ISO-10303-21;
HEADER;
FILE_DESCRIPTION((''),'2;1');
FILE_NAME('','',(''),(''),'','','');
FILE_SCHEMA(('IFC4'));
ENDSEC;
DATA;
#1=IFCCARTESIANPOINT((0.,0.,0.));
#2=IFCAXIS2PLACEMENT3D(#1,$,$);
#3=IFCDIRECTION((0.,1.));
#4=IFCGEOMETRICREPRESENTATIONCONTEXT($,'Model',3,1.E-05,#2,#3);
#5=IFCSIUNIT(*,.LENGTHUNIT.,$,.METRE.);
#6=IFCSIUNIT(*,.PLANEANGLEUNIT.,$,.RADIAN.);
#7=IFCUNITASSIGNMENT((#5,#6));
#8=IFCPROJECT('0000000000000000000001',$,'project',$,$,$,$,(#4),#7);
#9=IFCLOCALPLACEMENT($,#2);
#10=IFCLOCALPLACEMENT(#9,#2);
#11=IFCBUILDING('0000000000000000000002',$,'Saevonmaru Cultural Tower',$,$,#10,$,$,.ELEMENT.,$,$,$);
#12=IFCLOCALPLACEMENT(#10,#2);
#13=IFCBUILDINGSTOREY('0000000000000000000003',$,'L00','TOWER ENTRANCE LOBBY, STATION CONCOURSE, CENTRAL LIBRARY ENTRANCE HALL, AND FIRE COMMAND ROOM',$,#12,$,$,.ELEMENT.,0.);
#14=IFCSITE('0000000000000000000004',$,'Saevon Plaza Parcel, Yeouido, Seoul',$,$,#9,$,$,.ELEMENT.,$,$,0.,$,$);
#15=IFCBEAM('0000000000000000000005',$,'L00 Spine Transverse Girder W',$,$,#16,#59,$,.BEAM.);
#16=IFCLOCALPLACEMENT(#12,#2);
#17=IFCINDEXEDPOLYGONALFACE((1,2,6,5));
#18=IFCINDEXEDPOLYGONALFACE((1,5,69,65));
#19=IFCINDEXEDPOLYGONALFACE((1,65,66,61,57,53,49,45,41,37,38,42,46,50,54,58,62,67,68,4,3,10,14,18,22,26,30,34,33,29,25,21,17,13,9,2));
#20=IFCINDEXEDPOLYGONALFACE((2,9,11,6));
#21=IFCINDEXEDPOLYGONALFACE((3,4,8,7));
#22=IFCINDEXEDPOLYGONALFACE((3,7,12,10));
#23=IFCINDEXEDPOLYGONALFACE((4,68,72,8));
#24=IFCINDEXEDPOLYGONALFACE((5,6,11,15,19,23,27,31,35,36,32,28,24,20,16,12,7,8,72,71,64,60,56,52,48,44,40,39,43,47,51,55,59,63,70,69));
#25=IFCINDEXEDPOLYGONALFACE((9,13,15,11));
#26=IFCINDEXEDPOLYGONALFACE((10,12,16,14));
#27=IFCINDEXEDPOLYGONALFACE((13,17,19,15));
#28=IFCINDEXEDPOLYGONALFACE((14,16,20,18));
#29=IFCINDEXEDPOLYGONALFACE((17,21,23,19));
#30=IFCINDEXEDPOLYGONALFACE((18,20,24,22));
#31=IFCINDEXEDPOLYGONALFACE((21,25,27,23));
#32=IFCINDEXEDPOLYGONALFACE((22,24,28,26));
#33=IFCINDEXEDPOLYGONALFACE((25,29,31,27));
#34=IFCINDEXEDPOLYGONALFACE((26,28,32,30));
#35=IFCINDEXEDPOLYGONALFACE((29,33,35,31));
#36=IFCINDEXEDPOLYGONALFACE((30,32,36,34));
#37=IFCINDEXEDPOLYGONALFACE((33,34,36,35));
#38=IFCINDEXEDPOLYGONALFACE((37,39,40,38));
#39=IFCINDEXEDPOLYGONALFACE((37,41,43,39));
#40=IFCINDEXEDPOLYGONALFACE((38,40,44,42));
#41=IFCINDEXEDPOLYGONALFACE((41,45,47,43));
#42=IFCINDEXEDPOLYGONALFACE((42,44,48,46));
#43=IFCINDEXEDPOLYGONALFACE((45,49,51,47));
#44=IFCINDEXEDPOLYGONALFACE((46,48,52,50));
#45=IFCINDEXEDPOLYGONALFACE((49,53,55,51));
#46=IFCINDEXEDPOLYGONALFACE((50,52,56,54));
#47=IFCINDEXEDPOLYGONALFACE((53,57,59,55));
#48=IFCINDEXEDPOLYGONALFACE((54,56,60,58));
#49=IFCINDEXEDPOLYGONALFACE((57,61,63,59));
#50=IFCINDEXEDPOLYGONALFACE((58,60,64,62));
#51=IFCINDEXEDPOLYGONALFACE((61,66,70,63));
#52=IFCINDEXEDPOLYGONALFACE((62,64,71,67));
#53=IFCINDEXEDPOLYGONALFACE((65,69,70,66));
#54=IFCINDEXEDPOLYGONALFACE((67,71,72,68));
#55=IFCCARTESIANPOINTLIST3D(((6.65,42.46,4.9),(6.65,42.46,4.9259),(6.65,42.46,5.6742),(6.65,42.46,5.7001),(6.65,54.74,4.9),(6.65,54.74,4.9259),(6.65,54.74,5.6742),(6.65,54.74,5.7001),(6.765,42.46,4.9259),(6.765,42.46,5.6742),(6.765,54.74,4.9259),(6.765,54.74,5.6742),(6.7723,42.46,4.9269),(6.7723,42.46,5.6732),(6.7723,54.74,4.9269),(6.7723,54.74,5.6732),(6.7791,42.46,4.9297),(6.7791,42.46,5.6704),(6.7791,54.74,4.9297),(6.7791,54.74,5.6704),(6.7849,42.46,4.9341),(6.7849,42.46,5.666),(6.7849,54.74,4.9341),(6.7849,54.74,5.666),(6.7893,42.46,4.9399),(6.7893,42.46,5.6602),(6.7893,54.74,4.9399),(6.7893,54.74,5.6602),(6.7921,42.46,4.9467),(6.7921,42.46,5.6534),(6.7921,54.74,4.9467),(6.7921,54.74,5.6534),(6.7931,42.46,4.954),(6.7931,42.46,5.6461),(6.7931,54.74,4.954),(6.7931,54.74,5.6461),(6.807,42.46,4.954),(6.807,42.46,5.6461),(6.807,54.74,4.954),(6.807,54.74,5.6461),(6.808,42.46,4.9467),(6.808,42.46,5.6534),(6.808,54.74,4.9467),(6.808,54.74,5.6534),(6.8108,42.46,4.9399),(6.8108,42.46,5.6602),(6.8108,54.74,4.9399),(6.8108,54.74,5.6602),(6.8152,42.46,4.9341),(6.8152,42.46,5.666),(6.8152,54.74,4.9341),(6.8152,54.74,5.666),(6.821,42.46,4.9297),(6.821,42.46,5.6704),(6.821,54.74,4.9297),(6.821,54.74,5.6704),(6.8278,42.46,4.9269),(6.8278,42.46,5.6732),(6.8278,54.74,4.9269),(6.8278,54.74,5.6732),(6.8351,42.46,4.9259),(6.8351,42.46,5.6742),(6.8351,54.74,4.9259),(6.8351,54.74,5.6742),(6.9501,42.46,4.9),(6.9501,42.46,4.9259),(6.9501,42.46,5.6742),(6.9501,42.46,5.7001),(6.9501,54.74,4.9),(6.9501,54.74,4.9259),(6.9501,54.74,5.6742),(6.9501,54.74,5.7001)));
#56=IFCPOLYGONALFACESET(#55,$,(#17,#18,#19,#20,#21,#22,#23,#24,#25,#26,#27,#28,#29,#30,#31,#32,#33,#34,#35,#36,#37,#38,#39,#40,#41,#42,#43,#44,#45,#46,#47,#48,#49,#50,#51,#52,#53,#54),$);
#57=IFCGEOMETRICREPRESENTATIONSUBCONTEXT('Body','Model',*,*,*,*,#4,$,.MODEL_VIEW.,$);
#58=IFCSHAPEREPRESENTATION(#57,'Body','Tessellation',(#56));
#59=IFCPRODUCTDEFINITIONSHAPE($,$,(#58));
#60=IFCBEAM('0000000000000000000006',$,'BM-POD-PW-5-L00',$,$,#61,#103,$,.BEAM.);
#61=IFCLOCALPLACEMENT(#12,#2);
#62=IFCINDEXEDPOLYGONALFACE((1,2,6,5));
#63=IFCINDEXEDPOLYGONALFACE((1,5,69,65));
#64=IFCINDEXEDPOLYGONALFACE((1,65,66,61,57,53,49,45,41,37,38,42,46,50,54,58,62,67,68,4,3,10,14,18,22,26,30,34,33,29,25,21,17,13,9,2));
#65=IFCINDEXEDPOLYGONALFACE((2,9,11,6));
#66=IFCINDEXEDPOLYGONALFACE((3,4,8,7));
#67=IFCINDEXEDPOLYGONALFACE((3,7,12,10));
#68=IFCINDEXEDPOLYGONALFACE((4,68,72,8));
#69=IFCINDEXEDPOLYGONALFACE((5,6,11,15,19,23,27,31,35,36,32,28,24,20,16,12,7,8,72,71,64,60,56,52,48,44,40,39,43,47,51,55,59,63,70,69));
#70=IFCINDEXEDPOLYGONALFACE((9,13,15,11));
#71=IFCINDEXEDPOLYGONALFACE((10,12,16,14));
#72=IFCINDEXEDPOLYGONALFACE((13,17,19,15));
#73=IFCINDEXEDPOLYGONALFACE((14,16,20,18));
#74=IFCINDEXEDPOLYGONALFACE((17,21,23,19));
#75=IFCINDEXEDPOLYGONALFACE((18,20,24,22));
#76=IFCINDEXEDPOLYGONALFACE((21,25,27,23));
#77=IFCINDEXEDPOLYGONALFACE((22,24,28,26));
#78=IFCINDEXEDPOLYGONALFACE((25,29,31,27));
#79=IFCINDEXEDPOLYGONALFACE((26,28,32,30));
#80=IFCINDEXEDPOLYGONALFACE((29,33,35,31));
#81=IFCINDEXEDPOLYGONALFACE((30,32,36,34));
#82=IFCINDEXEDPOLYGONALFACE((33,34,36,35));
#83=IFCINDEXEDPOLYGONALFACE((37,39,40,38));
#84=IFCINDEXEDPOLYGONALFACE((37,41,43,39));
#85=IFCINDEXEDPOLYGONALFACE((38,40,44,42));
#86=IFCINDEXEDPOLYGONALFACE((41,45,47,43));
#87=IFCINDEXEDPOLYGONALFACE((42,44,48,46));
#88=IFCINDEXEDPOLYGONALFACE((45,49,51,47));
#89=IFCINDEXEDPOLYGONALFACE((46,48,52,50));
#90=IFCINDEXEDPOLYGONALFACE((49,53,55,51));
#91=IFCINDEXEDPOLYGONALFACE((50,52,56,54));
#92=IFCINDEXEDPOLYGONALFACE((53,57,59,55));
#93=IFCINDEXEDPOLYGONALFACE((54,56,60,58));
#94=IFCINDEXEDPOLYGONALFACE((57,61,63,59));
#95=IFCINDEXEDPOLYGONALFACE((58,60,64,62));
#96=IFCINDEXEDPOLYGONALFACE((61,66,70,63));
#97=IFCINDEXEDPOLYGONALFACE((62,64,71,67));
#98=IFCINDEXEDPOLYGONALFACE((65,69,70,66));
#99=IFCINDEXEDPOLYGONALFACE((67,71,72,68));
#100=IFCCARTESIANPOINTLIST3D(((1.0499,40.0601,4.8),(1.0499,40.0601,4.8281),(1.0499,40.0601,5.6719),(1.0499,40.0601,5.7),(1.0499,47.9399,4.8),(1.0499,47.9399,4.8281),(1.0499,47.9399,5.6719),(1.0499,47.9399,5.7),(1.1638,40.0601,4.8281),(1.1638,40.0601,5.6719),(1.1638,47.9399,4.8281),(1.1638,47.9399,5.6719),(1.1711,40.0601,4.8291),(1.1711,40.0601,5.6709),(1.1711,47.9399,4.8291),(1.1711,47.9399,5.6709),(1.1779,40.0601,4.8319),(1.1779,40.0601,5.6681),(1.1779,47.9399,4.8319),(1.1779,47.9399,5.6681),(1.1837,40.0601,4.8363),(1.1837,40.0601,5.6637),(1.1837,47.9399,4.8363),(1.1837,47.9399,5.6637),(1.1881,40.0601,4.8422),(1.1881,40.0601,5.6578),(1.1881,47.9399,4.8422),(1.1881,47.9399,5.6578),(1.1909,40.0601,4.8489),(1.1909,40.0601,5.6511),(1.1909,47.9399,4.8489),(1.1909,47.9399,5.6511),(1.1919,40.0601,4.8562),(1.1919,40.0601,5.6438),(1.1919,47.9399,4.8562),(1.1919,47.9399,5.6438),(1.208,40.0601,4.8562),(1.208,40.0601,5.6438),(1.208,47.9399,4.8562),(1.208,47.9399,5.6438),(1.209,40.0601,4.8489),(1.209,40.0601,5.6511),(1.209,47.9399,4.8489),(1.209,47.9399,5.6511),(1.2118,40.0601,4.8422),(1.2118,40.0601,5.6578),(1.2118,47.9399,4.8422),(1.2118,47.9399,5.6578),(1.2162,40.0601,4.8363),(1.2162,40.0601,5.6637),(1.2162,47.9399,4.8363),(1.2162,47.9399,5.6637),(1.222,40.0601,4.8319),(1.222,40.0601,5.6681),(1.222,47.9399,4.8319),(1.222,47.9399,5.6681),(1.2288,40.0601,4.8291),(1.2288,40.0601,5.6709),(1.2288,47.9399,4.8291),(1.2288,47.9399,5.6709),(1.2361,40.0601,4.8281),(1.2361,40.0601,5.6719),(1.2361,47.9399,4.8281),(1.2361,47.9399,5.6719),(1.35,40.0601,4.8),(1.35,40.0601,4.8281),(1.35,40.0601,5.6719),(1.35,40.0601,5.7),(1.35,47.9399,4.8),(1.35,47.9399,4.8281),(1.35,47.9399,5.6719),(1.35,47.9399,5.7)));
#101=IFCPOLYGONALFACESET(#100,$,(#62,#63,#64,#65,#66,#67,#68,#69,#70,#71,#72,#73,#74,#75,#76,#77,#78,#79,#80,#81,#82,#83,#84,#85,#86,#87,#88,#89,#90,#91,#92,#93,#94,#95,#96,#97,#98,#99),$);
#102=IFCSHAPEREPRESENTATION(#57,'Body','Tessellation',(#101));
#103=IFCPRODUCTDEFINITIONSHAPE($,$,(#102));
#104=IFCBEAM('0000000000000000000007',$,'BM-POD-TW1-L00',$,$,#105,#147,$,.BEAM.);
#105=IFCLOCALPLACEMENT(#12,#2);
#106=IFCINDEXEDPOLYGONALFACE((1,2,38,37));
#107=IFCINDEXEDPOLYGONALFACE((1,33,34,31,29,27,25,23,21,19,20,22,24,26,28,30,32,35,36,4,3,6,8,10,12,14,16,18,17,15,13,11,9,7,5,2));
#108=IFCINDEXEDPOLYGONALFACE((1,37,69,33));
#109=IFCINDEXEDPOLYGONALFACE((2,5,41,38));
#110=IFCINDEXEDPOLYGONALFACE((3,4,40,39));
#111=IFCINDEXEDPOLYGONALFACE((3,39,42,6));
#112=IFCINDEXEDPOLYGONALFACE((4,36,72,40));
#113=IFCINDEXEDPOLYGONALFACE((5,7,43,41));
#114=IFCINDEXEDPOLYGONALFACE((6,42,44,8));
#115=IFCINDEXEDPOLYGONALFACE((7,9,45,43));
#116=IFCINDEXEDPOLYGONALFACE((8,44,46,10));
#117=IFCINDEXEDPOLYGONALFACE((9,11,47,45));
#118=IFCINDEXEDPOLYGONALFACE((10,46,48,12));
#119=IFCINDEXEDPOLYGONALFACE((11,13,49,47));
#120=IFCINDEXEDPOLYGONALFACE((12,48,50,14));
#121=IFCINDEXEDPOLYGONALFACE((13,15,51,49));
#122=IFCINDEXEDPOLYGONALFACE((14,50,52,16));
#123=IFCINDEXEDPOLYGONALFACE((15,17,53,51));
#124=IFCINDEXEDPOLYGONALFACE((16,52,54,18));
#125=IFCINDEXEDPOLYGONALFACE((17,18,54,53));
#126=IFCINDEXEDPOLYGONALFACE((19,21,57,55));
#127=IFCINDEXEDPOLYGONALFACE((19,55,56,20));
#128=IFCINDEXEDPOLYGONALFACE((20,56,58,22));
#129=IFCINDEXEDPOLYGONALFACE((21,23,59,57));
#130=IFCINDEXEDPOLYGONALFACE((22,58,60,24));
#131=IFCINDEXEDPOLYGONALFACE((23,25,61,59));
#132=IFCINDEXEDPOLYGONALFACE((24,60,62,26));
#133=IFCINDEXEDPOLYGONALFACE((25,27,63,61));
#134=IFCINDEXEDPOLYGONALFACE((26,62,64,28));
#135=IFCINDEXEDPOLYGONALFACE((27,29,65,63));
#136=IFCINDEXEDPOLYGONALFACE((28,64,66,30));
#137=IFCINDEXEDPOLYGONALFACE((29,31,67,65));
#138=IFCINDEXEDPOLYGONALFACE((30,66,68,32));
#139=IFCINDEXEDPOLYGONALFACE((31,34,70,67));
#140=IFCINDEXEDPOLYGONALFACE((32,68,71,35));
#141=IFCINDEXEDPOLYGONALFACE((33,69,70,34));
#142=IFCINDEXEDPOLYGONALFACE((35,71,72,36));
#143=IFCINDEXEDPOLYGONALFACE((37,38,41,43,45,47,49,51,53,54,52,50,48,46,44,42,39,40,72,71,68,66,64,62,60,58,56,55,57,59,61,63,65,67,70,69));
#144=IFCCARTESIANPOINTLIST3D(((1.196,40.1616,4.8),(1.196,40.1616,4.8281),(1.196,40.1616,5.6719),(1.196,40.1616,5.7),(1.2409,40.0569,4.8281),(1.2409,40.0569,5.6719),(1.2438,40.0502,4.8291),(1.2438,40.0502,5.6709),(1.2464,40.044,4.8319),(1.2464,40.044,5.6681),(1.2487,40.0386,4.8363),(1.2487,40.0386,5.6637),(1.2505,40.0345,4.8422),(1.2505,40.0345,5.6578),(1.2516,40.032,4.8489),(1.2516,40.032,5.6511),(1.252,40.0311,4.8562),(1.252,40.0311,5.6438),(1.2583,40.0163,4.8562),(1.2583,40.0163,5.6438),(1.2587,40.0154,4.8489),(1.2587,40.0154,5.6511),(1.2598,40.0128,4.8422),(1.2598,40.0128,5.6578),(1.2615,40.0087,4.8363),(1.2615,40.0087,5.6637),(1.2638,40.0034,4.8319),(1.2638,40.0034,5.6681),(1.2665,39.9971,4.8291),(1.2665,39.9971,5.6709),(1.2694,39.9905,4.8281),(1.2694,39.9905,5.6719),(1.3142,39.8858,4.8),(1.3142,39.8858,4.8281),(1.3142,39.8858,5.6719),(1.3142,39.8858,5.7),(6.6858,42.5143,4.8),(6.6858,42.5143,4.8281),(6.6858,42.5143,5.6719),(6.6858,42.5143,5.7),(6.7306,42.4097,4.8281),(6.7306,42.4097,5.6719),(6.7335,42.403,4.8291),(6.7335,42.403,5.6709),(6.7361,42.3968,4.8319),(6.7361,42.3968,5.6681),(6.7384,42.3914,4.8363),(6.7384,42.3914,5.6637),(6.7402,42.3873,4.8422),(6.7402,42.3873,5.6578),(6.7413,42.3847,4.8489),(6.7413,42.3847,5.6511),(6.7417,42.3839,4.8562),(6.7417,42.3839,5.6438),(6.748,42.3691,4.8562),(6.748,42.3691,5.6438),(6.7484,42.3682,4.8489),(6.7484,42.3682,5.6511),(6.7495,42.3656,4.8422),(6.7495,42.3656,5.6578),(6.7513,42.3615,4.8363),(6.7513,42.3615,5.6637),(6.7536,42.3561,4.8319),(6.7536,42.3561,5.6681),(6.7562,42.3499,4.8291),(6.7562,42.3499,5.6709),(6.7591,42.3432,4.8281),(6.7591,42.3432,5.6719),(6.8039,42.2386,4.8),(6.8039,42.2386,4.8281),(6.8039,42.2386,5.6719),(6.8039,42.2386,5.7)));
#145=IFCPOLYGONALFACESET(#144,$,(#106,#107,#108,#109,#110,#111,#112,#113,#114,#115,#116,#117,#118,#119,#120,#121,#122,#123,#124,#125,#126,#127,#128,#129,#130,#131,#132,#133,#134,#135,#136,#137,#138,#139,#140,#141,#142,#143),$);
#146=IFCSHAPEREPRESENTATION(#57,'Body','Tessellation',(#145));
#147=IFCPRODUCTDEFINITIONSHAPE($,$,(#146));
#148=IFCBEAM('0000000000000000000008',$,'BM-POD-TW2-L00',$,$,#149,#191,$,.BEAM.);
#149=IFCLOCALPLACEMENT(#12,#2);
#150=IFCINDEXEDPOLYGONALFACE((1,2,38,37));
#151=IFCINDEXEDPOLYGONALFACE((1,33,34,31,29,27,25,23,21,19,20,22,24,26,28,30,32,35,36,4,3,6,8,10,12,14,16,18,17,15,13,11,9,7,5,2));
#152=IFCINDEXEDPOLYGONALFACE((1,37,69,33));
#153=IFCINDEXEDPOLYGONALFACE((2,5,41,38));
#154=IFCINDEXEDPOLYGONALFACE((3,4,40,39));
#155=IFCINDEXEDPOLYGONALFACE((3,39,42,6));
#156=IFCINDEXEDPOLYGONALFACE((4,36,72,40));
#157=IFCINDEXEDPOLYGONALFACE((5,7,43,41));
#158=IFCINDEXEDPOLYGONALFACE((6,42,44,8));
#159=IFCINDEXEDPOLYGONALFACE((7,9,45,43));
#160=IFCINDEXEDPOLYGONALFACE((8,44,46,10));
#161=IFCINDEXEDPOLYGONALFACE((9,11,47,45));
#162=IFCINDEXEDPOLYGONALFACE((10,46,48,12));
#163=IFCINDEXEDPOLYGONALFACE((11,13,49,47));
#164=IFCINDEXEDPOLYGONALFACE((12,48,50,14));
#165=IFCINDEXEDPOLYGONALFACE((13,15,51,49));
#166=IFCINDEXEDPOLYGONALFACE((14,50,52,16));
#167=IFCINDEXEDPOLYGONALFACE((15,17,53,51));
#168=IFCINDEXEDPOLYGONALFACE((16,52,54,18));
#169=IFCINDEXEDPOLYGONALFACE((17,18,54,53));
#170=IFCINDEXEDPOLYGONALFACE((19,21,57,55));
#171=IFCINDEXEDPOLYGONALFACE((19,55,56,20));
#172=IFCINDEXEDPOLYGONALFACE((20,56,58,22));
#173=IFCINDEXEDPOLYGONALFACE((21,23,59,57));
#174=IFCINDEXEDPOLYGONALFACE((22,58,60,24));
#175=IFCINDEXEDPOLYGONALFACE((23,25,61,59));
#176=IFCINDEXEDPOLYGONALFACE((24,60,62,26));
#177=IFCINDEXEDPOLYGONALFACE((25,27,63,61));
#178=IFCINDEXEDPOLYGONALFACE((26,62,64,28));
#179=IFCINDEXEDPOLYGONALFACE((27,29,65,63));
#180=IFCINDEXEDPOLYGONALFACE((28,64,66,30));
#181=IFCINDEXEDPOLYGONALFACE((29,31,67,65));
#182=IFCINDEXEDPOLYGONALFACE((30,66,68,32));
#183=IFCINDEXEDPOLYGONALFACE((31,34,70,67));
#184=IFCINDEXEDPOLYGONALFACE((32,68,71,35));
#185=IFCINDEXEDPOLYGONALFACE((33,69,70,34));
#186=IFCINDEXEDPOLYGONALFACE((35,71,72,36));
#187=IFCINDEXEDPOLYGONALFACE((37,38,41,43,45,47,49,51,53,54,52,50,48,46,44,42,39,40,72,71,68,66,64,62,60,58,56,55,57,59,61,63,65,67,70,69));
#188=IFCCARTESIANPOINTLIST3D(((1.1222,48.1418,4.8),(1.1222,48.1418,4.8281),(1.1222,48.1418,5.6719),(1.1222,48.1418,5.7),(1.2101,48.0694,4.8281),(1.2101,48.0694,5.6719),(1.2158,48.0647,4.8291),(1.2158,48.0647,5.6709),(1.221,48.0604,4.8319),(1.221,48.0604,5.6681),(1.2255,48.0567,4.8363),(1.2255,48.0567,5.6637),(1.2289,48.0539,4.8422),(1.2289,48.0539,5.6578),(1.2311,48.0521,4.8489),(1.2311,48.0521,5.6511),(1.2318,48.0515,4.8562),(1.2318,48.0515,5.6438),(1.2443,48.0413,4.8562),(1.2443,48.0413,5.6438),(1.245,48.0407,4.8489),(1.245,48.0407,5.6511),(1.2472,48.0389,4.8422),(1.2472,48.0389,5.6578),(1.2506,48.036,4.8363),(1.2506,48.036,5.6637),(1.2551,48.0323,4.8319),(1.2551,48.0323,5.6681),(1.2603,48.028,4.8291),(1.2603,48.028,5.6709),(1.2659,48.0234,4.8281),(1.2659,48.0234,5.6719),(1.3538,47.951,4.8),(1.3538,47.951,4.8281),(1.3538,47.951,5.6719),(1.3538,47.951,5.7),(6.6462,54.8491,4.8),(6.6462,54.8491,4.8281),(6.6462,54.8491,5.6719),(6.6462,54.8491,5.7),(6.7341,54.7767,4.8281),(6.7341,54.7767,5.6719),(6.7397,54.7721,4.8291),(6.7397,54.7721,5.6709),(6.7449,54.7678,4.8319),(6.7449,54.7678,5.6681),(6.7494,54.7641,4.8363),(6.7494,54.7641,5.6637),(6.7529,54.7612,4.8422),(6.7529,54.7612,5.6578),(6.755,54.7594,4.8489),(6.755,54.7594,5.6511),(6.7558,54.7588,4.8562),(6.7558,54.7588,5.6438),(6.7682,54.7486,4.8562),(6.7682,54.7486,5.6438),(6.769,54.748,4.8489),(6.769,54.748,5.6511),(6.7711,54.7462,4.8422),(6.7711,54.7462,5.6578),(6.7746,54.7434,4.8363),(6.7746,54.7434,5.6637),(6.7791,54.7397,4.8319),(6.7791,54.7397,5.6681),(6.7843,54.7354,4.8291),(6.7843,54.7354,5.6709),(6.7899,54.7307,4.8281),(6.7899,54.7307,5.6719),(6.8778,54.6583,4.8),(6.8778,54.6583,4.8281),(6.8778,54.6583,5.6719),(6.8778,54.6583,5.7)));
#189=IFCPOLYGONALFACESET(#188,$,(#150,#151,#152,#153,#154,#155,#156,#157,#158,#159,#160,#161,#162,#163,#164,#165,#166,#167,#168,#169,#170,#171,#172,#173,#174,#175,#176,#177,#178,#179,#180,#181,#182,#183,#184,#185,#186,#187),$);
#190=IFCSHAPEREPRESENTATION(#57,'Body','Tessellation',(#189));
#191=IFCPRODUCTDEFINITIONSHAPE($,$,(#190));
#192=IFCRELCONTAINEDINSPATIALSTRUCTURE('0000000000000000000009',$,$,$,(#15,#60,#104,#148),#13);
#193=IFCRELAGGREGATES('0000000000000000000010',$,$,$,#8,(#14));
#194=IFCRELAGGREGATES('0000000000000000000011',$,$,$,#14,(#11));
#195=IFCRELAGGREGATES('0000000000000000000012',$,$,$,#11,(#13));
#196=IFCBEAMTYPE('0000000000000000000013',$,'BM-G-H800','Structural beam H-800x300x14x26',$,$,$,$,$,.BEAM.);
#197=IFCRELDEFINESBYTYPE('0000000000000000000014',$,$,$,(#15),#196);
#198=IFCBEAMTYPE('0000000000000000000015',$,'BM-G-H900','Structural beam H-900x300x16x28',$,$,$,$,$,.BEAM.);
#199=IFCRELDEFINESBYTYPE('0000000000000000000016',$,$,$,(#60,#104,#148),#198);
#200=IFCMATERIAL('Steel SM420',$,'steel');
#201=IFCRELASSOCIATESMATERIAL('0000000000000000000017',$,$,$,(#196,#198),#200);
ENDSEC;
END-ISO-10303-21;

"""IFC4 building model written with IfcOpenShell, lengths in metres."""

from ifc_helpers import new_model, si_unit, direction, frame, origin, origin_2d, place, context, subcontext, project, spatial, i_section, extrude, material, material_profile, profile_set, type_object, element, save


model = new_model("IFC4")

# Units and contexts
model_context = context("Model", 3, precision=1e-05, world=origin(), true_north=direction((0.0, 1.0)))
body_context = subcontext(model_context, "Body", "Model", "MODEL_VIEW")
ifc_project = project(units=[si_unit("LENGTHUNIT", "METRE"), si_unit("PLANEANGLEUNIT", "RADIAN")], contexts=[model_context])

# Site, building, storey
site_placement = place(None, origin())
site = spatial("IfcSite", under=ifc_project, at=site_placement, Name="Saevon Plaza Parcel, Yeouido, Seoul", CompositionType="ELEMENT", RefElevation=0.0)
building_placement = place(site_placement, origin())
building = spatial("IfcBuilding", under=site, at=building_placement, Name="Saevonmaru Cultural Tower", CompositionType="ELEMENT")
storey_placement = place(building_placement, origin())
storey = spatial("IfcBuildingStorey", under=building, at=storey_placement, Name="L00", Description="TOWER ENTRANCE LOBBY, STATION CONCOURSE, CENTRAL LIBRARY ENTRANCE HALL, AND FIRE COMMAND ROOM", CompositionType="ELEMENT", Elevation=0.0)

# Shared definitions
ifc_material_1 = material(Name="Steel SM420", Category="steel")

# Beams
ifc_material_profile_1 = material_profile(ifc_material_1, i_section(OverallWidth=0.3, OverallDepth=0.8, WebThickness=0.0139, FlangeThickness=0.0259, FilletRadius=0.0281, at=origin_2d()), Name="H-800x300x14x26")
ifc_profile_set_1 = profile_set([ifc_material_profile_1], Name="Steel SM420")
beam_type_1 = type_object("IfcBeamType", Name="BM-G-H800", Description="Structural beam H-800x300x14x26", PredefinedType="BEAM", material=ifc_profile_set_1)
beam_1_placement = place(storey_placement, frame((6.8, 54.74, 5.3), z_axis=(0.0, -1.0, 0.0), x_axis=(1.0, 0.0, 0.0)))
element("IfcBeam", 1, at=beam_1_placement, inside=storey, type_object=beam_type_1, Name="L00 Spine Transverse Girder W", PredefinedType="BEAM", context=body_context, shape_type="SweptSolid", body=[
    extrude(i_section(OverallWidth=0.3, OverallDepth=0.8, WebThickness=0.0139, FlangeThickness=0.0259, FilletRadius=0.0281, at=origin_2d()), origin(), (0.0, 0.0, 1.0), 12.28),
])
ifc_material_profile_2 = material_profile(ifc_material_1, i_section(OverallWidth=0.3, OverallDepth=0.8999, WebThickness=0.0161, FlangeThickness=0.0281, FilletRadius=0.0281, at=origin_2d()), Name="H-900x300x16x28")
ifc_profile_set_2 = profile_set([ifc_material_profile_2], Name="Steel SM420")
beam_type_2 = type_object("IfcBeamType", Name="BM-G-H900", Description="Structural beam H-900x300x16x28", PredefinedType="BEAM", material=ifc_profile_set_2)
beam_2_placement = place(storey_placement, frame((1.2, 40.0601, 5.25), z_axis=(0.0, 1.0, 0.0), x_axis=(-1.0, 0.0, 0.0)))
element("IfcBeam", 2, at=beam_2_placement, inside=storey, type_object=beam_type_2, Name="BM-POD-PW-5-L00", PredefinedType="BEAM", context=body_context, shape_type="SweptSolid", body=[
    extrude(i_section(OverallWidth=0.3, OverallDepth=0.8999, WebThickness=0.0161, FlangeThickness=0.0281, FilletRadius=0.0281, at=origin_2d()), origin(), (0.0, 0.0, 1.0), 7.8799),
])
beam_3_placement = place(storey_placement, frame((1.2551, 40.0237, 5.25), z_axis=(0.919143, 0.393924, 0.0), x_axis=(-0.393924, 0.919143, 0.0)))
element("IfcBeam", 3, at=beam_3_placement, inside=storey, type_object=beam_type_2, Name="BM-POD-TW1-L00", PredefinedType="BEAM", context=body_context, shape_type="SweptSolid", body=[
    extrude(i_section(OverallWidth=0.3, OverallDepth=0.8999, WebThickness=0.0161, FlangeThickness=0.0281, FilletRadius=0.0281, at=origin_2d()), origin(), (0.0, 0.0, 1.0), 5.9727),
])
beam_4_placement = place(storey_placement, frame((1.238, 48.0464, 5.25), z_axis=(0.635727, 0.771914, 0.0), x_axis=(-0.771914, 0.635727, 0.0)))
element("IfcBeam", 4, at=beam_4_placement, inside=storey, type_object=beam_type_2, Name="BM-POD-TW2-L00", PredefinedType="BEAM", context=body_context, shape_type="SweptSolid", body=[
    extrude(i_section(OverallWidth=0.3, OverallDepth=0.8999, WebThickness=0.0161, FlangeThickness=0.0281, FilletRadius=0.0281, at=origin_2d()), origin(), (0.0, 0.0, 1.0), 8.6892),
])

save(model, "model.ifc")
